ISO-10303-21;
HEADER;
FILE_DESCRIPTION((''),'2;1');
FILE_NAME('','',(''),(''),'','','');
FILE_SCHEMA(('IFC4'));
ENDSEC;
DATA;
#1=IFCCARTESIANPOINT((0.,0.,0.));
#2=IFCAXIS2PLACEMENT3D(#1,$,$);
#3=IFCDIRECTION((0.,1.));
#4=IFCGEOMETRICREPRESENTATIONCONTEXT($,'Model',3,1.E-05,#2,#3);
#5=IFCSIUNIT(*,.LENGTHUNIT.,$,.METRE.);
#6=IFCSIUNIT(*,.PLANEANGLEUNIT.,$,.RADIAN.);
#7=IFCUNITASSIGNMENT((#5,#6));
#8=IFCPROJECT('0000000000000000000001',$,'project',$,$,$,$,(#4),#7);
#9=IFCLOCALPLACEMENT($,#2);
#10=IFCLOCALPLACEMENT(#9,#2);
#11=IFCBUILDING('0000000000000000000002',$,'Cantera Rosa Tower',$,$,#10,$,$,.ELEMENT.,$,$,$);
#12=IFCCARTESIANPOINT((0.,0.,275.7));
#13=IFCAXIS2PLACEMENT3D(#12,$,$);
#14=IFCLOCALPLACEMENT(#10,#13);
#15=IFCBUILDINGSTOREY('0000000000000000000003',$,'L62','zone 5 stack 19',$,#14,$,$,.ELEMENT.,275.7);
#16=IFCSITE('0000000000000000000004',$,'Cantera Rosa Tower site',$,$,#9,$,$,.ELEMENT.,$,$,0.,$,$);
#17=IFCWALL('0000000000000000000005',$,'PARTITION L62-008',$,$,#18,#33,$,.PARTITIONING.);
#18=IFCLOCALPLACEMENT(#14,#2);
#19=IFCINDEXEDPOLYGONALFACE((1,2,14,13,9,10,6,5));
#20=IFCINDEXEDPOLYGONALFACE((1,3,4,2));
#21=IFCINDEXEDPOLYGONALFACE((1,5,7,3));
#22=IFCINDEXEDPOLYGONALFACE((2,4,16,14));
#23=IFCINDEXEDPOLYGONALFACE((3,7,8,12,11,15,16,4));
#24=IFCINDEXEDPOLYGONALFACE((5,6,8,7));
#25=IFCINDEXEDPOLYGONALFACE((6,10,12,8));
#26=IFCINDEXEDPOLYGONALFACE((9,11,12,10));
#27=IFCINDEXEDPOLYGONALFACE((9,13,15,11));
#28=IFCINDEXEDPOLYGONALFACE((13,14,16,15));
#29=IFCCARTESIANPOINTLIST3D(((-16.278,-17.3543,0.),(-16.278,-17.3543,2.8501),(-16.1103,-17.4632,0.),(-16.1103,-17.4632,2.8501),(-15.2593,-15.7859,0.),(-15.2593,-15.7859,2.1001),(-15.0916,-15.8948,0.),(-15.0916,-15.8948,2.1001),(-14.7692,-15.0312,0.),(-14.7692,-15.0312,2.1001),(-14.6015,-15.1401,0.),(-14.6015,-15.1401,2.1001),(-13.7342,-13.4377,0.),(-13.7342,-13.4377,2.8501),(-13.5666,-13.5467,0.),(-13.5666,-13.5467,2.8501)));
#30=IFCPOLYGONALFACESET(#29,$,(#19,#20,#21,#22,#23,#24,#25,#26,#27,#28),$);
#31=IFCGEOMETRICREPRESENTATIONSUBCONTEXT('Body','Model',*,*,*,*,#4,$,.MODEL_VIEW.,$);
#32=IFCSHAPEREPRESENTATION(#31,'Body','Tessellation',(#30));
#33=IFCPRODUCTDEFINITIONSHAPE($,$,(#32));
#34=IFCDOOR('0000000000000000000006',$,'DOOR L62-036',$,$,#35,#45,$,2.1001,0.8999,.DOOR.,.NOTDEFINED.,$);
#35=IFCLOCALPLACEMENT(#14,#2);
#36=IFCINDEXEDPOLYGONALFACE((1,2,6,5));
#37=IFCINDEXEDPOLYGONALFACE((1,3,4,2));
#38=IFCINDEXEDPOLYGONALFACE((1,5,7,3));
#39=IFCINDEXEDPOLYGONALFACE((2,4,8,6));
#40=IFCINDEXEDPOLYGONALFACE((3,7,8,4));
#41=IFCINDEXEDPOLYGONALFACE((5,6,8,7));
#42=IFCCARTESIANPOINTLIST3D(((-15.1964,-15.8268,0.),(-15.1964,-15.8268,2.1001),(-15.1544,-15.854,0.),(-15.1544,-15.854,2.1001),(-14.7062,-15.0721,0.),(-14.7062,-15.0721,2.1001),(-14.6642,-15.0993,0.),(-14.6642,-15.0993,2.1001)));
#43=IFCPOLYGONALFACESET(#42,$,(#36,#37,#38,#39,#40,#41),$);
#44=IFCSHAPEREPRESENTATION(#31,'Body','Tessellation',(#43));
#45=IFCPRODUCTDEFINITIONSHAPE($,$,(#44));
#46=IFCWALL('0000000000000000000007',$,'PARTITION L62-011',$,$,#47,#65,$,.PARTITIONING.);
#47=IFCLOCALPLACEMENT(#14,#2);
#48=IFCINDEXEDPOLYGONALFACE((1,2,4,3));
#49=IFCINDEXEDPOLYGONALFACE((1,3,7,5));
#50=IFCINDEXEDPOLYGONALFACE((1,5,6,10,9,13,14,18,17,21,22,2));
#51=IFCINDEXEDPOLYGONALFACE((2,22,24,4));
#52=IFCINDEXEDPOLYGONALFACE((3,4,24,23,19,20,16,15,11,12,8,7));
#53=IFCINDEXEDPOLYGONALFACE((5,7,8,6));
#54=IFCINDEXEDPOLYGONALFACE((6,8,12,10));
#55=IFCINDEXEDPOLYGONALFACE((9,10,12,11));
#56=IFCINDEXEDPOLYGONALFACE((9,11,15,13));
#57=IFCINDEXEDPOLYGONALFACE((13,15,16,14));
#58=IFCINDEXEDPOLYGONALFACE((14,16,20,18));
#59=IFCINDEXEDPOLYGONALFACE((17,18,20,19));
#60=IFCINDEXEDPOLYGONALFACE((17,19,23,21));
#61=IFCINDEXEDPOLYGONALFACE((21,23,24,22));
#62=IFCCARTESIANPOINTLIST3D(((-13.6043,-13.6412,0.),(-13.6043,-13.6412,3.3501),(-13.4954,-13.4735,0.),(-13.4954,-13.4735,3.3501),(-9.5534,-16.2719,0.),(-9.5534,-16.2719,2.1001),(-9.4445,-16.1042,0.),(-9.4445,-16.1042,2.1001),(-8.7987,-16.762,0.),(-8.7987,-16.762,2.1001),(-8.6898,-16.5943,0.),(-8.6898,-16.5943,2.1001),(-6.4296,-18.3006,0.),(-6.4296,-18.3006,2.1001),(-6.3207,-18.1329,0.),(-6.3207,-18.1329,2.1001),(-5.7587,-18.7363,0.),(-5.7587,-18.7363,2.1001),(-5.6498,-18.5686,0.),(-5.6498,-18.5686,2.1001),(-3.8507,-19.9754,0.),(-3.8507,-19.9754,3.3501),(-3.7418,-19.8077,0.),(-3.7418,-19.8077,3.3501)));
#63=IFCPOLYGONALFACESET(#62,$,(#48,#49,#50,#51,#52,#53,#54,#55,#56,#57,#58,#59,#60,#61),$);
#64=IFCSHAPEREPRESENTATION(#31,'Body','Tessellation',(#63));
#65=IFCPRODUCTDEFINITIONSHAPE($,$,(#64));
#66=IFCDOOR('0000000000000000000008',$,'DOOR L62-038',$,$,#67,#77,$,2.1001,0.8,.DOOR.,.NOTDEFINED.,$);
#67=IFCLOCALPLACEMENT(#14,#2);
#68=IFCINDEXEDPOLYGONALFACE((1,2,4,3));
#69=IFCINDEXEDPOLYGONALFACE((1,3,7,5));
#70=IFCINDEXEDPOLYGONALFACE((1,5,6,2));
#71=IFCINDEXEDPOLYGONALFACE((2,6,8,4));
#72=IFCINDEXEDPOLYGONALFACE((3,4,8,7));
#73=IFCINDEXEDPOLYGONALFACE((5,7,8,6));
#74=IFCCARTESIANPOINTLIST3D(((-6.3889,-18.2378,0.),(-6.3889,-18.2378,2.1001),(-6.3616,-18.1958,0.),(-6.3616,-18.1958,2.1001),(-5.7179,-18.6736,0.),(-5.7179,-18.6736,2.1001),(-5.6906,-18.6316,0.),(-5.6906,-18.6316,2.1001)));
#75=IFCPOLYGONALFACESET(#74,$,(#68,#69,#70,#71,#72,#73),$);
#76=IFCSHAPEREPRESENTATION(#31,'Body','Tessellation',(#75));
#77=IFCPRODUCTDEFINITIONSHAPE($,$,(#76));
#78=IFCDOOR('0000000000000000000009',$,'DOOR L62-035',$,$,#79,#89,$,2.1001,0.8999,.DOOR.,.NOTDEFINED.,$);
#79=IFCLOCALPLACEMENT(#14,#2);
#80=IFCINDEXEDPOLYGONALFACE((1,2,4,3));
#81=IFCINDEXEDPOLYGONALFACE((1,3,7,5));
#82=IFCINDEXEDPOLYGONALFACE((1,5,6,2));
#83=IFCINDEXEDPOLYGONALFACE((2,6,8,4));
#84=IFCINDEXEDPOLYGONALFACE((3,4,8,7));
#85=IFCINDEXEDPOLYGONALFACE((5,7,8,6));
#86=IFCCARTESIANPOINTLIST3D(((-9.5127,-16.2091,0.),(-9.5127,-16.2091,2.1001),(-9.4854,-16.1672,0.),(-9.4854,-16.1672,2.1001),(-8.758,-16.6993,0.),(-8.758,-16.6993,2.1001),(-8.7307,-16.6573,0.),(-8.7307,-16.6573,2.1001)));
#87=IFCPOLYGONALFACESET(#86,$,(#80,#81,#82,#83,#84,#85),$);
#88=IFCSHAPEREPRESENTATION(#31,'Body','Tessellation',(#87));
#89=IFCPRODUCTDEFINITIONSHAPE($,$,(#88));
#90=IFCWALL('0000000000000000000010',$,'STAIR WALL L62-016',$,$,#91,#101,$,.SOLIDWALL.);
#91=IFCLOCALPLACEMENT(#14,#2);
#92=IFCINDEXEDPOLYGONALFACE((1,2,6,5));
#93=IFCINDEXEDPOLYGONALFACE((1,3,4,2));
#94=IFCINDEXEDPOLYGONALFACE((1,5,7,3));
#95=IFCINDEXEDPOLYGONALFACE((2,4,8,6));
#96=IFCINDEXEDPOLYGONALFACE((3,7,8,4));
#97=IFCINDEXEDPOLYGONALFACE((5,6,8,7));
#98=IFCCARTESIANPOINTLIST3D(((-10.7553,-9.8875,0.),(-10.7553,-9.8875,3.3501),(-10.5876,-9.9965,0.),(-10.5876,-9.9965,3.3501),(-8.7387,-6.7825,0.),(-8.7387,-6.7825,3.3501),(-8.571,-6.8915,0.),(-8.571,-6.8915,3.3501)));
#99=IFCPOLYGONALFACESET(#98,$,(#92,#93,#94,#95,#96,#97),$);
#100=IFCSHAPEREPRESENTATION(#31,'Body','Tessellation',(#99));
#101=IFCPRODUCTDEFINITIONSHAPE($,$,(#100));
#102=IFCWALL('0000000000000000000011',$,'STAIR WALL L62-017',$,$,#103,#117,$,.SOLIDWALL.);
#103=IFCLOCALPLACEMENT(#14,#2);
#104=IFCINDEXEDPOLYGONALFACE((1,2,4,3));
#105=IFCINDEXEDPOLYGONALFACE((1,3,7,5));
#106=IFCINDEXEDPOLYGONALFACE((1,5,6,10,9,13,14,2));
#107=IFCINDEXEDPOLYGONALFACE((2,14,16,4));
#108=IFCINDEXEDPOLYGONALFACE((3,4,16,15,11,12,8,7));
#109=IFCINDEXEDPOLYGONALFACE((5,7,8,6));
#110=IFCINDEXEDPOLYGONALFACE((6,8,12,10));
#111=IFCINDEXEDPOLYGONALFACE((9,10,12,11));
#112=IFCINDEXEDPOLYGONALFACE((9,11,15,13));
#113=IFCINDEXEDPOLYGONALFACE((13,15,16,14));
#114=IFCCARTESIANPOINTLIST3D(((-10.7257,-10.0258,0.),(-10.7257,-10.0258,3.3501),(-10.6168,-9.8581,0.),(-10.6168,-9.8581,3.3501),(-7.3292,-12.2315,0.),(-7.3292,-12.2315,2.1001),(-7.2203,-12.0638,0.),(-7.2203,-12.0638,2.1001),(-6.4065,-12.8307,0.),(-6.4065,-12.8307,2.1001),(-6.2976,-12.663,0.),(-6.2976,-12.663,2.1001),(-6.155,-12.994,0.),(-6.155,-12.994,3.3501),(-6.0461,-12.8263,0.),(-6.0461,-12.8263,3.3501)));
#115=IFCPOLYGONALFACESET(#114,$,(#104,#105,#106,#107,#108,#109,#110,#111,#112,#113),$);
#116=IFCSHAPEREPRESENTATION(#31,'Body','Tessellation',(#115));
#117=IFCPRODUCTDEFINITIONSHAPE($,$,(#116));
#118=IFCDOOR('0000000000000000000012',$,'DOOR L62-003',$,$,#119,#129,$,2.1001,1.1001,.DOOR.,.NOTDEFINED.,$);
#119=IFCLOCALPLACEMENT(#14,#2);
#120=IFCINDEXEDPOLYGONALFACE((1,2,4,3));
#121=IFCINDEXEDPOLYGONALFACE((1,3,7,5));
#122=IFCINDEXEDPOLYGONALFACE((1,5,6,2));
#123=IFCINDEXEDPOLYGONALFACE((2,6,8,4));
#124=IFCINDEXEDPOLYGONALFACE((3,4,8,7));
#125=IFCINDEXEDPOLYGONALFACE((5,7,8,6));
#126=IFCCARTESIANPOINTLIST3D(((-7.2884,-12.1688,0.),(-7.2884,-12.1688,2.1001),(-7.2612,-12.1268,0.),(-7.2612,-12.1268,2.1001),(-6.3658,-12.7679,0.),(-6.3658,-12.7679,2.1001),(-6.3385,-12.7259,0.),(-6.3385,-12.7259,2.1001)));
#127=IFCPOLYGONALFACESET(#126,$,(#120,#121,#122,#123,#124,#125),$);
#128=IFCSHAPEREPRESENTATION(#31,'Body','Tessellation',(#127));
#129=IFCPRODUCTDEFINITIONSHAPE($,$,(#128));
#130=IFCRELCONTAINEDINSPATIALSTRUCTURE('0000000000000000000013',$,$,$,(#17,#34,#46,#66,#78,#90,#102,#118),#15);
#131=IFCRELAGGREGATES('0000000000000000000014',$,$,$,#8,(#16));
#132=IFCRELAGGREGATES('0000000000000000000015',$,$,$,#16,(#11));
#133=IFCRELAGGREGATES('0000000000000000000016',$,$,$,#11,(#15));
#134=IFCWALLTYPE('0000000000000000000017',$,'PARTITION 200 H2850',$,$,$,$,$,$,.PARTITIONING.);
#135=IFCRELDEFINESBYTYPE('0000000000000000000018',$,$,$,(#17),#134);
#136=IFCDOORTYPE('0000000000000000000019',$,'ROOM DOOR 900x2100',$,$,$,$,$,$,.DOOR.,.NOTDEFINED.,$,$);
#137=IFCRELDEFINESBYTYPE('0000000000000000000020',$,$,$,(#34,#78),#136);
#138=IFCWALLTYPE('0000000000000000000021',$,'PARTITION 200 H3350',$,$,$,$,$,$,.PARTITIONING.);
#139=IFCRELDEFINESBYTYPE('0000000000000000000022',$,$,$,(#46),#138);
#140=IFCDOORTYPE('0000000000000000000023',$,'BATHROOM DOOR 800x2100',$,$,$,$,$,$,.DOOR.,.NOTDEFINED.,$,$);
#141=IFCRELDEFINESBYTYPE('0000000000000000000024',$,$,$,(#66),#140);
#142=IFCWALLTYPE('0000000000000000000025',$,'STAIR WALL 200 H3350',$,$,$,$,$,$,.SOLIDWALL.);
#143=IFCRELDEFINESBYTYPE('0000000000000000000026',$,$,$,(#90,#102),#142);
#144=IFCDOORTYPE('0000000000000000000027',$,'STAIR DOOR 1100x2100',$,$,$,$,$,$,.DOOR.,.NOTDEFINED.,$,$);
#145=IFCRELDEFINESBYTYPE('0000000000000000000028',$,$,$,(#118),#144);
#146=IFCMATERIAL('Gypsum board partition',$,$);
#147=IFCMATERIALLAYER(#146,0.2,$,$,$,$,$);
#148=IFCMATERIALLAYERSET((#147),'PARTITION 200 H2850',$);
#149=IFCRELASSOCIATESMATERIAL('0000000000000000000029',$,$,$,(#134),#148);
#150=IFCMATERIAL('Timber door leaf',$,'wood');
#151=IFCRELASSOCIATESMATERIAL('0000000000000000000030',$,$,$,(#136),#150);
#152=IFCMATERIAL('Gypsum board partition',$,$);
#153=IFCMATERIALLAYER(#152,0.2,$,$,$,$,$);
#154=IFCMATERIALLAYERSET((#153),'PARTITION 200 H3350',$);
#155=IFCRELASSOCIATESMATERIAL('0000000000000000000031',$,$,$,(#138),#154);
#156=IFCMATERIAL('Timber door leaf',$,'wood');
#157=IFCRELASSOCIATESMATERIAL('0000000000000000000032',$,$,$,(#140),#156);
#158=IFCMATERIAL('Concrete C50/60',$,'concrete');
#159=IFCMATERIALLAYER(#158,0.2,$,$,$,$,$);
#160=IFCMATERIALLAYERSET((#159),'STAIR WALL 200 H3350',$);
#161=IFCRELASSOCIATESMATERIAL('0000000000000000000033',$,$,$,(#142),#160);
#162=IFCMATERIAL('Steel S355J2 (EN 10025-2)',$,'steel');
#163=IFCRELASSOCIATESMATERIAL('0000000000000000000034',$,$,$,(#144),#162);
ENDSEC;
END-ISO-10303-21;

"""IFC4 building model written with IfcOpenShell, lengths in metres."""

from ifc_helpers import new_model, si_unit, direction, frame, frame_2d, origin, place, context, subcontext, project, spatial, rectangle, extrude, material, layer, layer_set, type_object, element, fill, save


model = new_model("IFC4")

# Units and contexts
model_context = context("Model", 3, precision=1e-05, world=origin(), true_north=direction((0.0, 1.0)))
body_context = subcontext(model_context, "Body", "Model", "MODEL_VIEW")
ifc_project = project(units=[si_unit("LENGTHUNIT", "METRE"), si_unit("PLANEANGLEUNIT", "RADIAN")], contexts=[model_context])

# Site, building, storey
site_placement = place(None, origin())
site = spatial("IfcSite", under=ifc_project, at=site_placement, Name="Cantera Rosa Tower site", CompositionType="ELEMENT", RefElevation=0.0)
building_placement = place(site_placement, origin())
building = spatial("IfcBuilding", under=site, at=building_placement, Name="Cantera Rosa Tower", CompositionType="ELEMENT")
storey_placement = place(building_placement, frame((0.0, 0.0, 275.7)))
storey = spatial("IfcBuildingStorey", under=building, at=storey_placement, Name="L62", Description="zone 5 stack 19", CompositionType="ELEMENT", Elevation=275.7)

# Wall, opening, door
ifc_material_1 = material(Name="Gypsum board partition")
ifc_layer_1 = layer(ifc_material_1, 0.2)
ifc_layer_set_1 = layer_set([ifc_layer_1], Name="PARTITION 200 H2850")
wall_type_1 = type_object("IfcWallType", Name="PARTITION 200 H2850", PredefinedType="PARTITIONING", material=ifc_layer_set_1)
wall_1_placement = place(storey_placement, frame((-16.1941, -17.4087, 0.0), z_axis=(0.0, 0.0, 1.0), x_axis=(0.544683, 0.838642, 0.0)))
wall_1 = element("IfcWall", 1, at=wall_1_placement, inside=storey, type_object=wall_type_1, Name="PARTITION L62-008", PredefinedType="PARTITIONING", context=body_context, shape_type="SweptSolid", body=[
    extrude(rectangle(XDim=4.6702, YDim=0.2, at=frame_2d((2.335, 0.0))), origin(), (0.0, 0.0, 1.0), 2.8501),
])
opening_1_placement = place(wall_1_placement, frame((1.8701, 0.0, 0.0)))
opening_1 = element("IfcOpeningElement", 2, at=opening_1_placement, cuts=wall_1, PredefinedType="OPENING", context=body_context, shape_type="SweptSolid", body=[
    extrude(rectangle(XDim=0.8999, YDim=2.1001, at=frame_2d((0.45, 1.05))), frame((0.0, 0.1099, 0.0), z_axis=(0.0, -1.0, 0.0), x_axis=(1.0, 0.0, 0.0)), (0.0, 0.0, 1.0), 0.22),
])
ifc_material_2 = material(Name="Timber door leaf", Category="wood")
door_type_1 = type_object("IfcDoorType", Name="ROOM DOOR 900x2100", OperationType="NOTDEFINED", PredefinedType="DOOR", material=ifc_material_2)
door_1_placement = place(opening_1_placement, origin())
door_1 = element("IfcDoor", 3, at=door_1_placement, inside=storey, type_object=door_type_1, Name="DOOR L62-036", OperationType="NOTDEFINED", OverallHeight=2.1001, OverallWidth=0.8999, PredefinedType="DOOR", context=body_context, shape_type="SweptSolid", body=[
    extrude(rectangle(XDim=0.8999, YDim=2.1001, at=frame_2d((0.45, 1.05))), frame((0.0, 0.0249, 0.0), z_axis=(0.0, -1.0, 0.0), x_axis=(1.0, 0.0, 0.0)), (0.0, 0.0, 1.0), 0.05),
])
fill(opening_1, door_1)

# Wall, openings, doors
ifc_material_3 = material(Name="Gypsum board partition")
ifc_layer_2 = layer(ifc_material_3, 0.2)
ifc_layer_set_2 = layer_set([ifc_layer_2], Name="PARTITION 200 H3350")
wall_type_2 = type_object("IfcWallType", Name="PARTITION 200 H3350", PredefinedType="PARTITIONING", material=ifc_layer_set_2)
wall_2_placement = place(storey_placement, frame((-13.5498, -13.5574, 0.0), z_axis=(0.0, 0.0, 1.0), x_axis=(0.838666, -0.544647, 0.0)))
wall_2 = element("IfcWall", 4, at=wall_2_placement, inside=storey, type_object=wall_type_2, Name="PARTITION L62-011", PredefinedType="PARTITIONING", context=body_context, shape_type="SweptSolid", body=[
    extrude(rectangle(XDim=11.6299, YDim=0.2, at=frame_2d((5.8149, 0.0))), origin(), (0.0, 0.0, 1.0), 3.3501),
])
opening_2_placement = place(wall_2_placement, frame((4.8301, 0.0, 0.0)))
opening_2 = element("IfcOpeningElement", 5, at=opening_2_placement, cuts=wall_2, PredefinedType="OPENING", context=body_context, shape_type="SweptSolid", body=[
    extrude(rectangle(XDim=0.8999, YDim=2.1001, at=frame_2d((0.45, 1.05))), frame((0.0, 0.1099, 0.0), z_axis=(0.0, -1.0, 0.0), x_axis=(1.0, 0.0, 0.0)), (0.0, 0.0, 1.0), 0.22),
])
opening_3_placement = place(wall_2_placement, frame((8.5549, 0.0, 0.0)))
opening_3 = element("IfcOpeningElement", 6, at=opening_3_placement, cuts=wall_2, PredefinedType="OPENING", context=body_context, shape_type="SweptSolid", body=[
    extrude(rectangle(XDim=0.8, YDim=2.1001, at=frame_2d((0.3999, 1.05))), frame((0.0, 0.1099, 0.0), z_axis=(0.0, -1.0, 0.0), x_axis=(1.0, 0.0, 0.0)), (0.0, 0.0, 1.0), 0.22),
])
ifc_material_4 = material(Name="Timber door leaf", Category="wood")
door_type_2 = type_object("IfcDoorType", Name="BATHROOM DOOR 800x2100", OperationType="NOTDEFINED", PredefinedType="DOOR", material=ifc_material_4)
door_2_placement = place(opening_3_placement, origin())
door_2 = element("IfcDoor", 7, at=door_2_placement, inside=storey, type_object=door_type_2, Name="DOOR L62-038", OperationType="NOTDEFINED", OverallHeight=2.1001, OverallWidth=0.8, PredefinedType="DOOR", context=body_context, shape_type="SweptSolid", body=[
    extrude(rectangle(XDim=0.8, YDim=2.1001, at=frame_2d((0.3999, 1.05))), frame((0.0, 0.0249, 0.0), z_axis=(0.0, -1.0, 0.0), x_axis=(1.0, 0.0, 0.0)), (0.0, 0.0, 1.0), 0.05),
])
fill(opening_3, door_2)
door_3_placement = place(opening_2_placement, origin())
door_3 = element("IfcDoor", 8, at=door_3_placement, inside=storey, type_object=door_type_1, Name="DOOR L62-035", OperationType="NOTDEFINED", OverallHeight=2.1001, OverallWidth=0.8999, PredefinedType="DOOR", context=body_context, shape_type="SweptSolid", body=[
    extrude(rectangle(XDim=0.8999, YDim=2.1001, at=frame_2d((0.45, 1.05))), frame((0.0, 0.0249, 0.0), z_axis=(0.0, -1.0, 0.0), x_axis=(1.0, 0.0, 0.0)), (0.0, 0.0, 1.0), 0.05),
])
fill(opening_2, door_3)

# Wall
ifc_material_5 = material(Name="Concrete C50/60", Category="concrete")
ifc_layer_3 = layer(ifc_material_5, 0.2)
ifc_layer_set_3 = layer_set([ifc_layer_3], Name="STAIR WALL 200 H3350")
wall_type_3 = type_object("IfcWallType", Name="STAIR WALL 200 H3350", PredefinedType="SOLIDWALL", material=ifc_layer_set_3)
wall_3_placement = place(storey_placement, frame((-10.6714, -9.9419, 0.0), z_axis=(0.0, 0.0, 1.0), x_axis=(0.544678, 0.838645, 0.0)))
element("IfcWall", 9, at=wall_3_placement, inside=storey, type_object=wall_type_3, Name="STAIR WALL L62-016", PredefinedType="SOLIDWALL", context=body_context, shape_type="SweptSolid", body=[
    extrude(rectangle(XDim=3.7024, YDim=0.2, at=frame_2d((1.8511, 0.0))), origin(), (0.0, 0.0, 1.0), 3.3501),
])

# Wall, opening, door
wall_4_placement = place(storey_placement, frame((-10.6714, -9.9419, 0.0), z_axis=(0.0, 0.0, 1.0), x_axis=(0.838675, -0.544632, 0.0)))
wall_4 = element("IfcWall", 10, at=wall_4_placement, inside=storey, type_object=wall_type_3, Name="STAIR WALL L62-017", PredefinedType="SOLIDWALL", context=body_context, shape_type="SweptSolid", body=[
    extrude(rectangle(XDim=5.45, YDim=0.2, at=frame_2d((2.7251, 0.0))), origin(), (0.0, 0.0, 1.0), 3.3501),
])
opening_4_placement = place(wall_4_placement, frame((4.05, 0.0, 0.0)))
opening_4 = element("IfcOpeningElement", 11, at=opening_4_placement, cuts=wall_4, PredefinedType="OPENING", context=body_context, shape_type="SweptSolid", body=[
    extrude(rectangle(XDim=1.1001, YDim=2.1001, at=frame_2d((0.55, 1.05))), frame((0.0, 0.1099, 0.0), z_axis=(0.0, -1.0, 0.0), x_axis=(1.0, 0.0, 0.0)), (0.0, 0.0, 1.0), 0.22),
])
ifc_material_6 = material(Name="Steel S355J2 (EN 10025-2)", Category="steel")
door_type_3 = type_object("IfcDoorType", Name="STAIR DOOR 1100x2100", OperationType="NOTDEFINED", PredefinedType="DOOR", material=ifc_material_6)
door_4_placement = place(opening_4_placement, origin())
door_4 = element("IfcDoor", 12, at=door_4_placement, inside=storey, type_object=door_type_3, Name="DOOR L62-003", OperationType="NOTDEFINED", OverallHeight=2.1001, OverallWidth=1.1001, PredefinedType="DOOR", context=body_context, shape_type="SweptSolid", body=[
    extrude(rectangle(XDim=1.1001, YDim=2.1001, at=frame_2d((0.55, 1.05))), frame((0.0, 0.0249, 0.0), z_axis=(0.0, -1.0, 0.0), x_axis=(1.0, 0.0, 0.0)), (0.0, 0.0, 1.0), 0.05),
])
fill(opening_4, door_4)

save(model, "model.ifc")
